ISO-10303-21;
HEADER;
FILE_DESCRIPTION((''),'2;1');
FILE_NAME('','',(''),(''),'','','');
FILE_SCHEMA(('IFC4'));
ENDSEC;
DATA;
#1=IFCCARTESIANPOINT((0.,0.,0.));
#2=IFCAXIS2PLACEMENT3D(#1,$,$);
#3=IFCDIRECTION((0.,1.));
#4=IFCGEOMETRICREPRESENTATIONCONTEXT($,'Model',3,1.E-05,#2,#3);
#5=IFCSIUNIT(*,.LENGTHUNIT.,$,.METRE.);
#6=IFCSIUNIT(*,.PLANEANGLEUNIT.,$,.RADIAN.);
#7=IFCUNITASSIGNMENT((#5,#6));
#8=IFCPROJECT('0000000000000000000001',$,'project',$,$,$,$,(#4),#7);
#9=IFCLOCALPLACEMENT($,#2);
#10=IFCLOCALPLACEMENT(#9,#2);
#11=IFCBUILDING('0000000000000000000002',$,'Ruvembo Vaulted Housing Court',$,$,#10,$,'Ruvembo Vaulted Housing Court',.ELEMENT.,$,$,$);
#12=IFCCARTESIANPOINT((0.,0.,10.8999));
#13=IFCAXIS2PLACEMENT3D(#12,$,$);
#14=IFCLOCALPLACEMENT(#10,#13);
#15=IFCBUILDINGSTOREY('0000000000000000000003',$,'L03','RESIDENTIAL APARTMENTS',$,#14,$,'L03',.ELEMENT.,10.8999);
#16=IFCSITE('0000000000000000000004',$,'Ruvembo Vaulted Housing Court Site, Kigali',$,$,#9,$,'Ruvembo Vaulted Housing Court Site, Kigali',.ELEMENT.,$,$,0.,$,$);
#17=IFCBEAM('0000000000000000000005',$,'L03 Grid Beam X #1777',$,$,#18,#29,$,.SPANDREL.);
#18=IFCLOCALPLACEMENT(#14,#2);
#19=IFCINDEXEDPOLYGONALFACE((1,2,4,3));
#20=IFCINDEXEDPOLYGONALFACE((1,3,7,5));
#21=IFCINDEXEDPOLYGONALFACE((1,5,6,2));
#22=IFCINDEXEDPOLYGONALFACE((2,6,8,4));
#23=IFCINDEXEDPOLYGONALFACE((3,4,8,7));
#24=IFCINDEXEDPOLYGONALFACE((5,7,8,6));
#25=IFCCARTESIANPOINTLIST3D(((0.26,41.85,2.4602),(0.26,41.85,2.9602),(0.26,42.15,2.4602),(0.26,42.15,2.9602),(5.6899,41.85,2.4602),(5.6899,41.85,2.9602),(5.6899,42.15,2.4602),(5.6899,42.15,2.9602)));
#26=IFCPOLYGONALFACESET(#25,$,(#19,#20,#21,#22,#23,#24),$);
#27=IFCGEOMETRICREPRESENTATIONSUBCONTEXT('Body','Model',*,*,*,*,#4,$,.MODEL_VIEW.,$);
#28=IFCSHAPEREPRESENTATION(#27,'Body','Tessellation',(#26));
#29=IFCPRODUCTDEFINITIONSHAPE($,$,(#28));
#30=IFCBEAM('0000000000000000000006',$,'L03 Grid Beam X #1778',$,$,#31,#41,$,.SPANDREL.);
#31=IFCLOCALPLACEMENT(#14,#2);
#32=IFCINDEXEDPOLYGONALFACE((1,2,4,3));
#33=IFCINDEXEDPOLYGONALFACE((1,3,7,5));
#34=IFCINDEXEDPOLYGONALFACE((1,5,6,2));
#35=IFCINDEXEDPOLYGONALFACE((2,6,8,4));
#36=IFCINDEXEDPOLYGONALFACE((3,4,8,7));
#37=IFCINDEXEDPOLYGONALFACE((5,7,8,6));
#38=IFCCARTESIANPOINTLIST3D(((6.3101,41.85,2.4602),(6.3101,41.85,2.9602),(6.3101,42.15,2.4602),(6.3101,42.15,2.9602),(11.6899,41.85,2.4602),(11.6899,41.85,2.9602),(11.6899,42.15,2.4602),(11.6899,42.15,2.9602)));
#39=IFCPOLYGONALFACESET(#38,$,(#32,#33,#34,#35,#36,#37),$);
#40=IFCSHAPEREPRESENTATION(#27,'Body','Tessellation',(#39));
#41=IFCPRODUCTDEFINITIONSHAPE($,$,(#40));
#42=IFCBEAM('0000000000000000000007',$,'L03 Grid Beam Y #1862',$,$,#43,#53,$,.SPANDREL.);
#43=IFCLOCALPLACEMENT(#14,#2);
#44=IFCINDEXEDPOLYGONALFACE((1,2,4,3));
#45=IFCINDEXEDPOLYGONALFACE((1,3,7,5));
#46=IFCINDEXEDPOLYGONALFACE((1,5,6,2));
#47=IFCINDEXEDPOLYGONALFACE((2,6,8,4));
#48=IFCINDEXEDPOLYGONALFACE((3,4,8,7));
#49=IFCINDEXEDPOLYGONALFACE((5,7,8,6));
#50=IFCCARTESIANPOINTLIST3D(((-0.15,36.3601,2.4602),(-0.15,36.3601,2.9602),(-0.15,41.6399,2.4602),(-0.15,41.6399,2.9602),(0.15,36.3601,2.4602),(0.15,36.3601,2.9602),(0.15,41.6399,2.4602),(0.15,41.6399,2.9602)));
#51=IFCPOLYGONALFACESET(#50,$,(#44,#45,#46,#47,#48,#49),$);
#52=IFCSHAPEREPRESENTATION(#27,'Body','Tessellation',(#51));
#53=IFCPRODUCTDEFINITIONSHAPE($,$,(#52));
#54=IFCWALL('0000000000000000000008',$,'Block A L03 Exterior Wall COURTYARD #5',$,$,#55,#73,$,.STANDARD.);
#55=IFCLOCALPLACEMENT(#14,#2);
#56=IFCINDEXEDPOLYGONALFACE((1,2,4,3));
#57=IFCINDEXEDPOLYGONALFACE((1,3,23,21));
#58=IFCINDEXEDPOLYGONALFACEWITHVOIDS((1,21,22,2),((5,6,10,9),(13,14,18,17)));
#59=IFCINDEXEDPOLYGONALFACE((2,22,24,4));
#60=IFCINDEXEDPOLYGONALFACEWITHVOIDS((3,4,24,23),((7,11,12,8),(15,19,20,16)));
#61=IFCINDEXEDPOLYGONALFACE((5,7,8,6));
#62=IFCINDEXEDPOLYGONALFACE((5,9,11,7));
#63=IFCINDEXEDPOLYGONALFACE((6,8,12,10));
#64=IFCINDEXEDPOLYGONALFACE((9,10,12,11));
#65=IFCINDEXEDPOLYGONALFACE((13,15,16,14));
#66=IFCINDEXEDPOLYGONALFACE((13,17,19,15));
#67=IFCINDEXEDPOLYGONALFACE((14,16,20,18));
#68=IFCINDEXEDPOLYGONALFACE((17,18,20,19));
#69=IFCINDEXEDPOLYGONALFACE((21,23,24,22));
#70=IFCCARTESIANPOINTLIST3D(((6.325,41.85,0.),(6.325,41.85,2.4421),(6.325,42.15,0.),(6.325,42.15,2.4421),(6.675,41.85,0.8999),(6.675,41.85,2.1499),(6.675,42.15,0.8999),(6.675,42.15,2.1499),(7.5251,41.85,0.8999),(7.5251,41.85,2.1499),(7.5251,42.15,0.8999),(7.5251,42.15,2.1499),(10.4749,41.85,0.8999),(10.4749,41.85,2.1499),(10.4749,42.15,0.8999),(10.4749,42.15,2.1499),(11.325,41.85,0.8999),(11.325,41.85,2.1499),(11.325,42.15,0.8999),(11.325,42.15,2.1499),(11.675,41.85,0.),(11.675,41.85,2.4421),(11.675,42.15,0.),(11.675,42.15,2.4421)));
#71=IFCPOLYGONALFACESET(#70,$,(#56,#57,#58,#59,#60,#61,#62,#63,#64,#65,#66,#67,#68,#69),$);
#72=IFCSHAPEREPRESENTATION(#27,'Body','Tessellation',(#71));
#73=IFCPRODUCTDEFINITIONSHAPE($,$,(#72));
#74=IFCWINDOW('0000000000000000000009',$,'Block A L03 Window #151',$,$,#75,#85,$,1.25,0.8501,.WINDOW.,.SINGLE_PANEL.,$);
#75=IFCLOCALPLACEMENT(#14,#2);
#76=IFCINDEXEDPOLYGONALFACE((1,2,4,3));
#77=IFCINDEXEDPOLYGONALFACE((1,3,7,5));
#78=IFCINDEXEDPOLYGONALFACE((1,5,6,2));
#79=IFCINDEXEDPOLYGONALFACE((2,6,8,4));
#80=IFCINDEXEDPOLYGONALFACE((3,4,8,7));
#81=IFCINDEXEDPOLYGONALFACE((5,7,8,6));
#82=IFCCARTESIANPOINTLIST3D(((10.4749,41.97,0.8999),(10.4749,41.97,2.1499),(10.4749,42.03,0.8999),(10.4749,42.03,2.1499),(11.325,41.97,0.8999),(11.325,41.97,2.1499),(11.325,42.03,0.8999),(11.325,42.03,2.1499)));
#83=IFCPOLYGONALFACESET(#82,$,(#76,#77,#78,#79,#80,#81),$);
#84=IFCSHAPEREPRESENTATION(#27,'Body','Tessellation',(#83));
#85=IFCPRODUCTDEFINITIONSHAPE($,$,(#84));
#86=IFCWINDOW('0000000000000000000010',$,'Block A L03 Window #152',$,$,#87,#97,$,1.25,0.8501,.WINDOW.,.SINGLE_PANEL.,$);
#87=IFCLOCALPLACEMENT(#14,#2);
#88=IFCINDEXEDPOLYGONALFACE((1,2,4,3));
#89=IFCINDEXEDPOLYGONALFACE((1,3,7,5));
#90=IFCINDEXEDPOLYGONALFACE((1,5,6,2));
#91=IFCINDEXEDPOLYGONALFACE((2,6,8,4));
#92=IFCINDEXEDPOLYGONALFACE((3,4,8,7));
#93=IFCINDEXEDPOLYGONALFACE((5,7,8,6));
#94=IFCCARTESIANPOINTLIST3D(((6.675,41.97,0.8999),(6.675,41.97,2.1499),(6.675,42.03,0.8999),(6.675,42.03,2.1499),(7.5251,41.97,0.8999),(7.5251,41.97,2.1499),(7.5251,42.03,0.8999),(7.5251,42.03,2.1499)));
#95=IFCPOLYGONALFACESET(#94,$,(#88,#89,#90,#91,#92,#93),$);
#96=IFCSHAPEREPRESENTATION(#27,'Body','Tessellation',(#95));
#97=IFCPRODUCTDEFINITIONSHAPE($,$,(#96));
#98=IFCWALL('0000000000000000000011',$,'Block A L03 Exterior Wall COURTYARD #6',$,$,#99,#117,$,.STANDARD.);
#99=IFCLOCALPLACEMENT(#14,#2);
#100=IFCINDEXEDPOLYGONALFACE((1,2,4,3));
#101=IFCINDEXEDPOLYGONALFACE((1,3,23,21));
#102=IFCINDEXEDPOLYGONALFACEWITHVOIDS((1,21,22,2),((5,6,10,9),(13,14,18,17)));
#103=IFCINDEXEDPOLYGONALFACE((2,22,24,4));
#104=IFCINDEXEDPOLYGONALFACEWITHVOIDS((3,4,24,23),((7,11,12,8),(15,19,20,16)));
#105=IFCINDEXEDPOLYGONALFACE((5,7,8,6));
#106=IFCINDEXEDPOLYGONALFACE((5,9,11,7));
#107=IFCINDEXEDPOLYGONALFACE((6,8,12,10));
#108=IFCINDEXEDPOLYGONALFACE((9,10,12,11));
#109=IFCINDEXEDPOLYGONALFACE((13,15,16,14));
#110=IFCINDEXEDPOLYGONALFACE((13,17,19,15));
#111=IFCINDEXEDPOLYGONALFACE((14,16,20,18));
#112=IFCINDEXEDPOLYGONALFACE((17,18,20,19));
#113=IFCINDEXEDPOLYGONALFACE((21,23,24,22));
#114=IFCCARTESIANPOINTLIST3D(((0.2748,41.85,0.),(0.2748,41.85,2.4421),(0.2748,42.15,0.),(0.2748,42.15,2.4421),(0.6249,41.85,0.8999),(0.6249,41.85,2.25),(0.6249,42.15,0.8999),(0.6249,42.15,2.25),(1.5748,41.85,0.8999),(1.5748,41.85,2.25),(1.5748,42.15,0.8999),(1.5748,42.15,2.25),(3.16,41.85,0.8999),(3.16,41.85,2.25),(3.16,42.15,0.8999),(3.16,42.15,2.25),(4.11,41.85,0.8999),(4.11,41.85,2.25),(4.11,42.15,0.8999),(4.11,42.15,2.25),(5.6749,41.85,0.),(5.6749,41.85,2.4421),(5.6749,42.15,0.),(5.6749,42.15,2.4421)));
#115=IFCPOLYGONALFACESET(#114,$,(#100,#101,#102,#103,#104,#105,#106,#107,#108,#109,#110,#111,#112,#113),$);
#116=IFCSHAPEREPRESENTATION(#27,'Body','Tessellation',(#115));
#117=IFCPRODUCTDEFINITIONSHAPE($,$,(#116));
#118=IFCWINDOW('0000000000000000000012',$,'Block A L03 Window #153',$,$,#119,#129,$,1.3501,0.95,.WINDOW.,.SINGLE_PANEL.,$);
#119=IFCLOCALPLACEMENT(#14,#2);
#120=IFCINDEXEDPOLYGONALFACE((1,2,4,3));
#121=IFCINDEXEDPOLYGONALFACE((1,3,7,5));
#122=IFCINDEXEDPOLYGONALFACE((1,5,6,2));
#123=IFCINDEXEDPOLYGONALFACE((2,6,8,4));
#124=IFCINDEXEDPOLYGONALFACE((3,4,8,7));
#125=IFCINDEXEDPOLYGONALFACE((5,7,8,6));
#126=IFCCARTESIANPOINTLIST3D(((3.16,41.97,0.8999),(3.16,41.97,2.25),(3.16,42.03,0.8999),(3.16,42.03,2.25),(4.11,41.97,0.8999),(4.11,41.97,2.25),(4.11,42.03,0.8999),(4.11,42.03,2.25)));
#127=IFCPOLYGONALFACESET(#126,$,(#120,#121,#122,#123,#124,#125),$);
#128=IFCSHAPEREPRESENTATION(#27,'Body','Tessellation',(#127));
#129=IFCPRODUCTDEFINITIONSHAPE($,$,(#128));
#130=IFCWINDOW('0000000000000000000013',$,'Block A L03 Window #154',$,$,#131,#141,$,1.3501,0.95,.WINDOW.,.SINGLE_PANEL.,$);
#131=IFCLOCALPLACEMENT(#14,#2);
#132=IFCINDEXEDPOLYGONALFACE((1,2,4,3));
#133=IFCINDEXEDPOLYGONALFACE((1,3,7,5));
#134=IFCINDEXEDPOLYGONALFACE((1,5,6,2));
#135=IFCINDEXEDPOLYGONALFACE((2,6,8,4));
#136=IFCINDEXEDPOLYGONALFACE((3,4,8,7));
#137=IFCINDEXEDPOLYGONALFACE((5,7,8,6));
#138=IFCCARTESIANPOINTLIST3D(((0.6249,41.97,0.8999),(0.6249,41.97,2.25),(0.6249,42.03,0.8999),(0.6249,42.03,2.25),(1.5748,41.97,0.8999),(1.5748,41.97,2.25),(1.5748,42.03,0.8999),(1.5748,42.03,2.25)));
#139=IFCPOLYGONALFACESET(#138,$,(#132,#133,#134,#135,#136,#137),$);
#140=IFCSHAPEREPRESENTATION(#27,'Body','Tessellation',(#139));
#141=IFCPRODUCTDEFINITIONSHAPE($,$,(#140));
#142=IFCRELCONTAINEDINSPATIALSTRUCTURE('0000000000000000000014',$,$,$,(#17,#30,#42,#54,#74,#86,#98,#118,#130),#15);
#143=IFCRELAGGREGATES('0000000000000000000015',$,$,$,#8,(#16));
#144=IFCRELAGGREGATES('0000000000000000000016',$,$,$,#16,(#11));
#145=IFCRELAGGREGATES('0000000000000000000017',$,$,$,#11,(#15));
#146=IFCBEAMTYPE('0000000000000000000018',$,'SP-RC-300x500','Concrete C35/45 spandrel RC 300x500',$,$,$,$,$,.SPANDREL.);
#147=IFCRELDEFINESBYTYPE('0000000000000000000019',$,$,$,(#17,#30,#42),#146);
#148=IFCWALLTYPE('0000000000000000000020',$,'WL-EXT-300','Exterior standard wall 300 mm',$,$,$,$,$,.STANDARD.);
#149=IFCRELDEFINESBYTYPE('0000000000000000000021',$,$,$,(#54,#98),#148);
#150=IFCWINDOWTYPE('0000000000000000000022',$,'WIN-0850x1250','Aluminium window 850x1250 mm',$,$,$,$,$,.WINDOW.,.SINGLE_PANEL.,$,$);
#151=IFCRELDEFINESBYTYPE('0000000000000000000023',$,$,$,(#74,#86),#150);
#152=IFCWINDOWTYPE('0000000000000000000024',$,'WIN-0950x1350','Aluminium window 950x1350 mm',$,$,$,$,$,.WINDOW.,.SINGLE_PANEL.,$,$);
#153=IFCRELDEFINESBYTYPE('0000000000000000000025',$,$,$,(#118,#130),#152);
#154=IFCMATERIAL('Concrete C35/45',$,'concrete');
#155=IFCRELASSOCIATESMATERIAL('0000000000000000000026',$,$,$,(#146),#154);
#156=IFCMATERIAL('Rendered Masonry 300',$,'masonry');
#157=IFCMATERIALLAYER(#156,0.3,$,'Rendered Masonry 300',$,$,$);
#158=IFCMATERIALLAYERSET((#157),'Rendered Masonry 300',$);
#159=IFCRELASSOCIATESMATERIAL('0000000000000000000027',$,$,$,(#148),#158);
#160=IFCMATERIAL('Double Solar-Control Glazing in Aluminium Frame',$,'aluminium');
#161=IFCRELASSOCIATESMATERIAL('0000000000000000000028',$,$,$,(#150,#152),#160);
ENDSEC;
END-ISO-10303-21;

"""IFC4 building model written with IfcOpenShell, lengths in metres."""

from ifc_helpers import new_model, si_unit, direction, frame, frame_2d, origin, origin_2d, place, context, subcontext, project, spatial, rectangle, extrude, material, layer, layer_set, material_profile, profile_set, type_object, element, fill, save


model = new_model("IFC4")

# Units and contexts
model_context = context("Model", 3, precision=1e-05, world=origin(), true_north=direction((0.0, 1.0)))
body_context = subcontext(model_context, "Body", "Model", "MODEL_VIEW")
ifc_project = project(units=[si_unit("LENGTHUNIT", "METRE"), si_unit("PLANEANGLEUNIT", "RADIAN")], contexts=[model_context])

# Site, building, storey
site_placement = place(None, origin())
site = spatial("IfcSite", under=ifc_project, at=site_placement, Name="Ruvembo Vaulted Housing Court Site, Kigali", LongName="Ruvembo Vaulted Housing Court Site, Kigali", CompositionType="ELEMENT", RefElevation=0.0)
building_placement = place(site_placement, origin())
building = spatial("IfcBuilding", under=site, at=building_placement, Name="Ruvembo Vaulted Housing Court", LongName="Ruvembo Vaulted Housing Court", CompositionType="ELEMENT")
storey_placement = place(building_placement, frame((0.0, 0.0, 10.8999)))
storey = spatial("IfcBuildingStorey", under=building, at=storey_placement, Name="L03", Description="RESIDENTIAL APARTMENTS", LongName="L03", CompositionType="ELEMENT", Elevation=10.8999)

# Beams
ifc_material_1 = material(Name="Concrete C35/45", Category="concrete")
ifc_material_profile_1 = material_profile(ifc_material_1, rectangle(XDim=0.3, YDim=0.5, at=origin_2d()), Name="RC 300x500")
ifc_profile_set_1 = profile_set([ifc_material_profile_1], Name="Concrete C35/45")
beam_type_1 = type_object("IfcBeamType", Name="SP-RC-300x500", Description="Concrete C35/45 spandrel RC 300x500", PredefinedType="SPANDREL", material=ifc_profile_set_1)
beam_1_placement = place(storey_placement, frame((0.26, 42.0, 2.7102), z_axis=(1.0, 0.0, 0.0), x_axis=(0.0, 1.0, 0.0)))
element("IfcBeam", 1, at=beam_1_placement, inside=storey, type_object=beam_type_1, Name="L03 Grid Beam X #1777", PredefinedType="SPANDREL", context=body_context, shape_type="SweptSolid", body=[
    extrude(rectangle(XDim=0.3, YDim=0.5, at=origin_2d()), origin(), (0.0, 0.0, 1.0), 5.4299),
])
beam_2_placement = place(storey_placement, frame((6.3101, 42.0, 2.7102), z_axis=(1.0, 0.0, 0.0), x_axis=(0.0, 1.0, 0.0)))
element("IfcBeam", 2, at=beam_2_placement, inside=storey, type_object=beam_type_1, Name="L03 Grid Beam X #1778", PredefinedType="SPANDREL", context=body_context, shape_type="SweptSolid", body=[
    extrude(rectangle(XDim=0.3, YDim=0.5, at=origin_2d()), origin(), (0.0, 0.0, 1.0), 5.3799),
])
beam_3_placement = place(storey_placement, frame((0.0, 36.3601, 2.7102), z_axis=(0.0, 1.0, 0.0), x_axis=(-1.0, 0.0, 0.0)))
element("IfcBeam", 3, at=beam_3_placement, inside=storey, type_object=beam_type_1, Name="L03 Grid Beam Y #1862", PredefinedType="SPANDREL", context=body_context, shape_type="SweptSolid", body=[
    extrude(rectangle(XDim=0.3, YDim=0.5, at=origin_2d()), origin(), (0.0, 0.0, 1.0), 5.2798),
])

# Walls, openings, windows
ifc_material_2 = material(Name="Rendered Masonry 300", Category="masonry")
ifc_layer_1 = layer(ifc_material_2, 0.3, Name="Rendered Masonry 300")
ifc_layer_set_1 = layer_set([ifc_layer_1], Name="Rendered Masonry 300")
wall_type_1 = type_object("IfcWallType", Name="WL-EXT-300", Description="Exterior standard wall 300 mm", PredefinedType="STANDARD", material=ifc_layer_set_1)
wall_1_placement = place(storey_placement, frame((11.675, 42.0, 0.0), z_axis=(0.0, 0.0, 1.0), x_axis=(-1.0, 0.0, 0.0)))
wall_1 = element("IfcWall", 4, at=wall_1_placement, inside=storey, type_object=wall_type_1, Name="Block A L03 Exterior Wall COURTYARD #5", PredefinedType="STANDARD", context=body_context, shape_type="SweptSolid", body=[
    extrude(rectangle(XDim=5.3501, YDim=0.3, at=frame_2d((2.675, 0.0))), origin(), (0.0, 0.0, 1.0), 2.4421),
])
opening_1_placement = place(wall_1_placement, frame((0.3501, 0.0, 0.8999)))
opening_1 = element("IfcOpeningElement", 5, at=opening_1_placement, cuts=wall_1, PredefinedType="OPENING", context=body_context, shape_type="SweptSolid", body=[
    extrude(rectangle(XDim=0.8501, YDim=1.25, at=frame_2d((0.425, 0.625))), frame((0.0, 0.1599, 0.0), z_axis=(0.0, -1.0, 0.0), x_axis=(1.0, 0.0, 0.0)), (0.0, 0.0, 1.0), 0.3201),
])
opening_2_placement = place(wall_1_placement, frame((4.1499, 0.0, 0.8999)))
opening_2 = element("IfcOpeningElement", 6, at=opening_2_placement, cuts=wall_1, PredefinedType="OPENING", context=body_context, shape_type="SweptSolid", body=[
    extrude(rectangle(XDim=0.8501, YDim=1.25, at=frame_2d((0.425, 0.625))), frame((0.0, 0.1599, 0.0), z_axis=(0.0, -1.0, 0.0), x_axis=(1.0, 0.0, 0.0)), (0.0, 0.0, 1.0), 0.3201),
])
ifc_material_3 = material(Name="Double Solar-Control Glazing in Aluminium Frame", Category="aluminium")
window_type_1 = type_object("IfcWindowType", Name="WIN-0850x1250", Description="Aluminium window 850x1250 mm", PartitioningType="SINGLE_PANEL", PredefinedType="WINDOW", material=ifc_material_3)
window_1_placement = place(opening_1_placement, origin())
window_1 = element("IfcWindow", 7, at=window_1_placement, inside=storey, type_object=window_type_1, Name="Block A L03 Window #151", OverallHeight=1.25, OverallWidth=0.8501, PartitioningType="SINGLE_PANEL", PredefinedType="WINDOW", context=body_context, shape_type="SweptSolid", body=[
    extrude(rectangle(XDim=0.8501, YDim=1.25, at=frame_2d((0.425, 0.625))), frame((0.0, 0.03, 0.0), z_axis=(0.0, -1.0, 0.0), x_axis=(1.0, 0.0, 0.0)), (0.0, 0.0, 1.0), 0.0601),
])
fill(opening_1, window_1)
window_2_placement = place(opening_2_placement, origin())
window_2 = element("IfcWindow", 8, at=window_2_placement, inside=storey, type_object=window_type_1, Name="Block A L03 Window #152", OverallHeight=1.25, OverallWidth=0.8501, PartitioningType="SINGLE_PANEL", PredefinedType="WINDOW", context=body_context, shape_type="SweptSolid", body=[
    extrude(rectangle(XDim=0.8501, YDim=1.25, at=frame_2d((0.425, 0.625))), frame((0.0, 0.03, 0.0), z_axis=(0.0, -1.0, 0.0), x_axis=(1.0, 0.0, 0.0)), (0.0, 0.0, 1.0), 0.0601),
])
fill(opening_2, window_2)
wall_2_placement = place(storey_placement, frame((5.675, 42.0, 0.0), z_axis=(0.0, 0.0, 1.0), x_axis=(-1.0, 0.0, 0.0)))
wall_2 = element("IfcWall", 9, at=wall_2_placement, inside=storey, type_object=wall_type_1, Name="Block A L03 Exterior Wall COURTYARD #6", PredefinedType="STANDARD", context=body_context, shape_type="SweptSolid", body=[
    extrude(rectangle(XDim=5.4001, YDim=0.3, at=frame_2d((2.7002, 0.0))), origin(), (0.0, 0.0, 1.0), 2.4421),
])
opening_3_placement = place(wall_2_placement, frame((1.5649, 0.0, 0.8999)))
opening_3 = element("IfcOpeningElement", 10, at=opening_3_placement, cuts=wall_2, PredefinedType="OPENING", context=body_context, shape_type="SweptSolid", body=[
    extrude(rectangle(XDim=0.95, YDim=1.3501, at=frame_2d((0.4751, 0.675))), frame((0.0, 0.1599, 0.0), z_axis=(0.0, -1.0, 0.0), x_axis=(1.0, 0.0, 0.0)), (0.0, 0.0, 1.0), 0.3201),
])
opening_4_placement = place(wall_2_placement, frame((4.1001, 0.0, 0.8999)))
opening_4 = element("IfcOpeningElement", 11, at=opening_4_placement, cuts=wall_2, PredefinedType="OPENING", context=body_context, shape_type="SweptSolid", body=[
    extrude(rectangle(XDim=0.95, YDim=1.3501, at=frame_2d((0.4751, 0.675))), frame((0.0, 0.1599, 0.0), z_axis=(0.0, -1.0, 0.0), x_axis=(1.0, 0.0, 0.0)), (0.0, 0.0, 1.0), 0.3201),
])
window_type_2 = type_object("IfcWindowType", Name="WIN-0950x1350", Description="Aluminium window 950x1350 mm", PartitioningType="SINGLE_PANEL", PredefinedType="WINDOW", material=ifc_material_3)
window_3_placement = place(opening_3_placement, origin())
window_3 = element("IfcWindow", 12, at=window_3_placement, inside=storey, type_object=window_type_2, Name="Block A L03 Window #153", OverallHeight=1.3501, OverallWidth=0.95, PartitioningType="SINGLE_PANEL", PredefinedType="WINDOW", context=body_context, shape_type="SweptSolid", body=[
    extrude(rectangle(XDim=0.95, YDim=1.3501, at=frame_2d((0.4751, 0.675))), frame((0.0, 0.03, 0.0), z_axis=(0.0, -1.0, 0.0), x_axis=(1.0, 0.0, 0.0)), (0.0, 0.0, 1.0), 0.0601),
])
fill(opening_3, window_3)
window_4_placement = place(opening_4_placement, origin())
window_4 = element("IfcWindow", 13, at=window_4_placement, inside=storey, type_object=window_type_2, Name="Block A L03 Window #154", OverallHeight=1.3501, OverallWidth=0.95, PartitioningType="SINGLE_PANEL", PredefinedType="WINDOW", context=body_context, shape_type="SweptSolid", body=[
    extrude(rectangle(XDim=0.95, YDim=1.3501, at=frame_2d((0.4751, 0.675))), frame((0.0, 0.03, 0.0), z_axis=(0.0, -1.0, 0.0), x_axis=(1.0, 0.0, 0.0)), (0.0, 0.0, 1.0), 0.0601),
])
fill(opening_4, window_4)

save(model, "model.ifc")
